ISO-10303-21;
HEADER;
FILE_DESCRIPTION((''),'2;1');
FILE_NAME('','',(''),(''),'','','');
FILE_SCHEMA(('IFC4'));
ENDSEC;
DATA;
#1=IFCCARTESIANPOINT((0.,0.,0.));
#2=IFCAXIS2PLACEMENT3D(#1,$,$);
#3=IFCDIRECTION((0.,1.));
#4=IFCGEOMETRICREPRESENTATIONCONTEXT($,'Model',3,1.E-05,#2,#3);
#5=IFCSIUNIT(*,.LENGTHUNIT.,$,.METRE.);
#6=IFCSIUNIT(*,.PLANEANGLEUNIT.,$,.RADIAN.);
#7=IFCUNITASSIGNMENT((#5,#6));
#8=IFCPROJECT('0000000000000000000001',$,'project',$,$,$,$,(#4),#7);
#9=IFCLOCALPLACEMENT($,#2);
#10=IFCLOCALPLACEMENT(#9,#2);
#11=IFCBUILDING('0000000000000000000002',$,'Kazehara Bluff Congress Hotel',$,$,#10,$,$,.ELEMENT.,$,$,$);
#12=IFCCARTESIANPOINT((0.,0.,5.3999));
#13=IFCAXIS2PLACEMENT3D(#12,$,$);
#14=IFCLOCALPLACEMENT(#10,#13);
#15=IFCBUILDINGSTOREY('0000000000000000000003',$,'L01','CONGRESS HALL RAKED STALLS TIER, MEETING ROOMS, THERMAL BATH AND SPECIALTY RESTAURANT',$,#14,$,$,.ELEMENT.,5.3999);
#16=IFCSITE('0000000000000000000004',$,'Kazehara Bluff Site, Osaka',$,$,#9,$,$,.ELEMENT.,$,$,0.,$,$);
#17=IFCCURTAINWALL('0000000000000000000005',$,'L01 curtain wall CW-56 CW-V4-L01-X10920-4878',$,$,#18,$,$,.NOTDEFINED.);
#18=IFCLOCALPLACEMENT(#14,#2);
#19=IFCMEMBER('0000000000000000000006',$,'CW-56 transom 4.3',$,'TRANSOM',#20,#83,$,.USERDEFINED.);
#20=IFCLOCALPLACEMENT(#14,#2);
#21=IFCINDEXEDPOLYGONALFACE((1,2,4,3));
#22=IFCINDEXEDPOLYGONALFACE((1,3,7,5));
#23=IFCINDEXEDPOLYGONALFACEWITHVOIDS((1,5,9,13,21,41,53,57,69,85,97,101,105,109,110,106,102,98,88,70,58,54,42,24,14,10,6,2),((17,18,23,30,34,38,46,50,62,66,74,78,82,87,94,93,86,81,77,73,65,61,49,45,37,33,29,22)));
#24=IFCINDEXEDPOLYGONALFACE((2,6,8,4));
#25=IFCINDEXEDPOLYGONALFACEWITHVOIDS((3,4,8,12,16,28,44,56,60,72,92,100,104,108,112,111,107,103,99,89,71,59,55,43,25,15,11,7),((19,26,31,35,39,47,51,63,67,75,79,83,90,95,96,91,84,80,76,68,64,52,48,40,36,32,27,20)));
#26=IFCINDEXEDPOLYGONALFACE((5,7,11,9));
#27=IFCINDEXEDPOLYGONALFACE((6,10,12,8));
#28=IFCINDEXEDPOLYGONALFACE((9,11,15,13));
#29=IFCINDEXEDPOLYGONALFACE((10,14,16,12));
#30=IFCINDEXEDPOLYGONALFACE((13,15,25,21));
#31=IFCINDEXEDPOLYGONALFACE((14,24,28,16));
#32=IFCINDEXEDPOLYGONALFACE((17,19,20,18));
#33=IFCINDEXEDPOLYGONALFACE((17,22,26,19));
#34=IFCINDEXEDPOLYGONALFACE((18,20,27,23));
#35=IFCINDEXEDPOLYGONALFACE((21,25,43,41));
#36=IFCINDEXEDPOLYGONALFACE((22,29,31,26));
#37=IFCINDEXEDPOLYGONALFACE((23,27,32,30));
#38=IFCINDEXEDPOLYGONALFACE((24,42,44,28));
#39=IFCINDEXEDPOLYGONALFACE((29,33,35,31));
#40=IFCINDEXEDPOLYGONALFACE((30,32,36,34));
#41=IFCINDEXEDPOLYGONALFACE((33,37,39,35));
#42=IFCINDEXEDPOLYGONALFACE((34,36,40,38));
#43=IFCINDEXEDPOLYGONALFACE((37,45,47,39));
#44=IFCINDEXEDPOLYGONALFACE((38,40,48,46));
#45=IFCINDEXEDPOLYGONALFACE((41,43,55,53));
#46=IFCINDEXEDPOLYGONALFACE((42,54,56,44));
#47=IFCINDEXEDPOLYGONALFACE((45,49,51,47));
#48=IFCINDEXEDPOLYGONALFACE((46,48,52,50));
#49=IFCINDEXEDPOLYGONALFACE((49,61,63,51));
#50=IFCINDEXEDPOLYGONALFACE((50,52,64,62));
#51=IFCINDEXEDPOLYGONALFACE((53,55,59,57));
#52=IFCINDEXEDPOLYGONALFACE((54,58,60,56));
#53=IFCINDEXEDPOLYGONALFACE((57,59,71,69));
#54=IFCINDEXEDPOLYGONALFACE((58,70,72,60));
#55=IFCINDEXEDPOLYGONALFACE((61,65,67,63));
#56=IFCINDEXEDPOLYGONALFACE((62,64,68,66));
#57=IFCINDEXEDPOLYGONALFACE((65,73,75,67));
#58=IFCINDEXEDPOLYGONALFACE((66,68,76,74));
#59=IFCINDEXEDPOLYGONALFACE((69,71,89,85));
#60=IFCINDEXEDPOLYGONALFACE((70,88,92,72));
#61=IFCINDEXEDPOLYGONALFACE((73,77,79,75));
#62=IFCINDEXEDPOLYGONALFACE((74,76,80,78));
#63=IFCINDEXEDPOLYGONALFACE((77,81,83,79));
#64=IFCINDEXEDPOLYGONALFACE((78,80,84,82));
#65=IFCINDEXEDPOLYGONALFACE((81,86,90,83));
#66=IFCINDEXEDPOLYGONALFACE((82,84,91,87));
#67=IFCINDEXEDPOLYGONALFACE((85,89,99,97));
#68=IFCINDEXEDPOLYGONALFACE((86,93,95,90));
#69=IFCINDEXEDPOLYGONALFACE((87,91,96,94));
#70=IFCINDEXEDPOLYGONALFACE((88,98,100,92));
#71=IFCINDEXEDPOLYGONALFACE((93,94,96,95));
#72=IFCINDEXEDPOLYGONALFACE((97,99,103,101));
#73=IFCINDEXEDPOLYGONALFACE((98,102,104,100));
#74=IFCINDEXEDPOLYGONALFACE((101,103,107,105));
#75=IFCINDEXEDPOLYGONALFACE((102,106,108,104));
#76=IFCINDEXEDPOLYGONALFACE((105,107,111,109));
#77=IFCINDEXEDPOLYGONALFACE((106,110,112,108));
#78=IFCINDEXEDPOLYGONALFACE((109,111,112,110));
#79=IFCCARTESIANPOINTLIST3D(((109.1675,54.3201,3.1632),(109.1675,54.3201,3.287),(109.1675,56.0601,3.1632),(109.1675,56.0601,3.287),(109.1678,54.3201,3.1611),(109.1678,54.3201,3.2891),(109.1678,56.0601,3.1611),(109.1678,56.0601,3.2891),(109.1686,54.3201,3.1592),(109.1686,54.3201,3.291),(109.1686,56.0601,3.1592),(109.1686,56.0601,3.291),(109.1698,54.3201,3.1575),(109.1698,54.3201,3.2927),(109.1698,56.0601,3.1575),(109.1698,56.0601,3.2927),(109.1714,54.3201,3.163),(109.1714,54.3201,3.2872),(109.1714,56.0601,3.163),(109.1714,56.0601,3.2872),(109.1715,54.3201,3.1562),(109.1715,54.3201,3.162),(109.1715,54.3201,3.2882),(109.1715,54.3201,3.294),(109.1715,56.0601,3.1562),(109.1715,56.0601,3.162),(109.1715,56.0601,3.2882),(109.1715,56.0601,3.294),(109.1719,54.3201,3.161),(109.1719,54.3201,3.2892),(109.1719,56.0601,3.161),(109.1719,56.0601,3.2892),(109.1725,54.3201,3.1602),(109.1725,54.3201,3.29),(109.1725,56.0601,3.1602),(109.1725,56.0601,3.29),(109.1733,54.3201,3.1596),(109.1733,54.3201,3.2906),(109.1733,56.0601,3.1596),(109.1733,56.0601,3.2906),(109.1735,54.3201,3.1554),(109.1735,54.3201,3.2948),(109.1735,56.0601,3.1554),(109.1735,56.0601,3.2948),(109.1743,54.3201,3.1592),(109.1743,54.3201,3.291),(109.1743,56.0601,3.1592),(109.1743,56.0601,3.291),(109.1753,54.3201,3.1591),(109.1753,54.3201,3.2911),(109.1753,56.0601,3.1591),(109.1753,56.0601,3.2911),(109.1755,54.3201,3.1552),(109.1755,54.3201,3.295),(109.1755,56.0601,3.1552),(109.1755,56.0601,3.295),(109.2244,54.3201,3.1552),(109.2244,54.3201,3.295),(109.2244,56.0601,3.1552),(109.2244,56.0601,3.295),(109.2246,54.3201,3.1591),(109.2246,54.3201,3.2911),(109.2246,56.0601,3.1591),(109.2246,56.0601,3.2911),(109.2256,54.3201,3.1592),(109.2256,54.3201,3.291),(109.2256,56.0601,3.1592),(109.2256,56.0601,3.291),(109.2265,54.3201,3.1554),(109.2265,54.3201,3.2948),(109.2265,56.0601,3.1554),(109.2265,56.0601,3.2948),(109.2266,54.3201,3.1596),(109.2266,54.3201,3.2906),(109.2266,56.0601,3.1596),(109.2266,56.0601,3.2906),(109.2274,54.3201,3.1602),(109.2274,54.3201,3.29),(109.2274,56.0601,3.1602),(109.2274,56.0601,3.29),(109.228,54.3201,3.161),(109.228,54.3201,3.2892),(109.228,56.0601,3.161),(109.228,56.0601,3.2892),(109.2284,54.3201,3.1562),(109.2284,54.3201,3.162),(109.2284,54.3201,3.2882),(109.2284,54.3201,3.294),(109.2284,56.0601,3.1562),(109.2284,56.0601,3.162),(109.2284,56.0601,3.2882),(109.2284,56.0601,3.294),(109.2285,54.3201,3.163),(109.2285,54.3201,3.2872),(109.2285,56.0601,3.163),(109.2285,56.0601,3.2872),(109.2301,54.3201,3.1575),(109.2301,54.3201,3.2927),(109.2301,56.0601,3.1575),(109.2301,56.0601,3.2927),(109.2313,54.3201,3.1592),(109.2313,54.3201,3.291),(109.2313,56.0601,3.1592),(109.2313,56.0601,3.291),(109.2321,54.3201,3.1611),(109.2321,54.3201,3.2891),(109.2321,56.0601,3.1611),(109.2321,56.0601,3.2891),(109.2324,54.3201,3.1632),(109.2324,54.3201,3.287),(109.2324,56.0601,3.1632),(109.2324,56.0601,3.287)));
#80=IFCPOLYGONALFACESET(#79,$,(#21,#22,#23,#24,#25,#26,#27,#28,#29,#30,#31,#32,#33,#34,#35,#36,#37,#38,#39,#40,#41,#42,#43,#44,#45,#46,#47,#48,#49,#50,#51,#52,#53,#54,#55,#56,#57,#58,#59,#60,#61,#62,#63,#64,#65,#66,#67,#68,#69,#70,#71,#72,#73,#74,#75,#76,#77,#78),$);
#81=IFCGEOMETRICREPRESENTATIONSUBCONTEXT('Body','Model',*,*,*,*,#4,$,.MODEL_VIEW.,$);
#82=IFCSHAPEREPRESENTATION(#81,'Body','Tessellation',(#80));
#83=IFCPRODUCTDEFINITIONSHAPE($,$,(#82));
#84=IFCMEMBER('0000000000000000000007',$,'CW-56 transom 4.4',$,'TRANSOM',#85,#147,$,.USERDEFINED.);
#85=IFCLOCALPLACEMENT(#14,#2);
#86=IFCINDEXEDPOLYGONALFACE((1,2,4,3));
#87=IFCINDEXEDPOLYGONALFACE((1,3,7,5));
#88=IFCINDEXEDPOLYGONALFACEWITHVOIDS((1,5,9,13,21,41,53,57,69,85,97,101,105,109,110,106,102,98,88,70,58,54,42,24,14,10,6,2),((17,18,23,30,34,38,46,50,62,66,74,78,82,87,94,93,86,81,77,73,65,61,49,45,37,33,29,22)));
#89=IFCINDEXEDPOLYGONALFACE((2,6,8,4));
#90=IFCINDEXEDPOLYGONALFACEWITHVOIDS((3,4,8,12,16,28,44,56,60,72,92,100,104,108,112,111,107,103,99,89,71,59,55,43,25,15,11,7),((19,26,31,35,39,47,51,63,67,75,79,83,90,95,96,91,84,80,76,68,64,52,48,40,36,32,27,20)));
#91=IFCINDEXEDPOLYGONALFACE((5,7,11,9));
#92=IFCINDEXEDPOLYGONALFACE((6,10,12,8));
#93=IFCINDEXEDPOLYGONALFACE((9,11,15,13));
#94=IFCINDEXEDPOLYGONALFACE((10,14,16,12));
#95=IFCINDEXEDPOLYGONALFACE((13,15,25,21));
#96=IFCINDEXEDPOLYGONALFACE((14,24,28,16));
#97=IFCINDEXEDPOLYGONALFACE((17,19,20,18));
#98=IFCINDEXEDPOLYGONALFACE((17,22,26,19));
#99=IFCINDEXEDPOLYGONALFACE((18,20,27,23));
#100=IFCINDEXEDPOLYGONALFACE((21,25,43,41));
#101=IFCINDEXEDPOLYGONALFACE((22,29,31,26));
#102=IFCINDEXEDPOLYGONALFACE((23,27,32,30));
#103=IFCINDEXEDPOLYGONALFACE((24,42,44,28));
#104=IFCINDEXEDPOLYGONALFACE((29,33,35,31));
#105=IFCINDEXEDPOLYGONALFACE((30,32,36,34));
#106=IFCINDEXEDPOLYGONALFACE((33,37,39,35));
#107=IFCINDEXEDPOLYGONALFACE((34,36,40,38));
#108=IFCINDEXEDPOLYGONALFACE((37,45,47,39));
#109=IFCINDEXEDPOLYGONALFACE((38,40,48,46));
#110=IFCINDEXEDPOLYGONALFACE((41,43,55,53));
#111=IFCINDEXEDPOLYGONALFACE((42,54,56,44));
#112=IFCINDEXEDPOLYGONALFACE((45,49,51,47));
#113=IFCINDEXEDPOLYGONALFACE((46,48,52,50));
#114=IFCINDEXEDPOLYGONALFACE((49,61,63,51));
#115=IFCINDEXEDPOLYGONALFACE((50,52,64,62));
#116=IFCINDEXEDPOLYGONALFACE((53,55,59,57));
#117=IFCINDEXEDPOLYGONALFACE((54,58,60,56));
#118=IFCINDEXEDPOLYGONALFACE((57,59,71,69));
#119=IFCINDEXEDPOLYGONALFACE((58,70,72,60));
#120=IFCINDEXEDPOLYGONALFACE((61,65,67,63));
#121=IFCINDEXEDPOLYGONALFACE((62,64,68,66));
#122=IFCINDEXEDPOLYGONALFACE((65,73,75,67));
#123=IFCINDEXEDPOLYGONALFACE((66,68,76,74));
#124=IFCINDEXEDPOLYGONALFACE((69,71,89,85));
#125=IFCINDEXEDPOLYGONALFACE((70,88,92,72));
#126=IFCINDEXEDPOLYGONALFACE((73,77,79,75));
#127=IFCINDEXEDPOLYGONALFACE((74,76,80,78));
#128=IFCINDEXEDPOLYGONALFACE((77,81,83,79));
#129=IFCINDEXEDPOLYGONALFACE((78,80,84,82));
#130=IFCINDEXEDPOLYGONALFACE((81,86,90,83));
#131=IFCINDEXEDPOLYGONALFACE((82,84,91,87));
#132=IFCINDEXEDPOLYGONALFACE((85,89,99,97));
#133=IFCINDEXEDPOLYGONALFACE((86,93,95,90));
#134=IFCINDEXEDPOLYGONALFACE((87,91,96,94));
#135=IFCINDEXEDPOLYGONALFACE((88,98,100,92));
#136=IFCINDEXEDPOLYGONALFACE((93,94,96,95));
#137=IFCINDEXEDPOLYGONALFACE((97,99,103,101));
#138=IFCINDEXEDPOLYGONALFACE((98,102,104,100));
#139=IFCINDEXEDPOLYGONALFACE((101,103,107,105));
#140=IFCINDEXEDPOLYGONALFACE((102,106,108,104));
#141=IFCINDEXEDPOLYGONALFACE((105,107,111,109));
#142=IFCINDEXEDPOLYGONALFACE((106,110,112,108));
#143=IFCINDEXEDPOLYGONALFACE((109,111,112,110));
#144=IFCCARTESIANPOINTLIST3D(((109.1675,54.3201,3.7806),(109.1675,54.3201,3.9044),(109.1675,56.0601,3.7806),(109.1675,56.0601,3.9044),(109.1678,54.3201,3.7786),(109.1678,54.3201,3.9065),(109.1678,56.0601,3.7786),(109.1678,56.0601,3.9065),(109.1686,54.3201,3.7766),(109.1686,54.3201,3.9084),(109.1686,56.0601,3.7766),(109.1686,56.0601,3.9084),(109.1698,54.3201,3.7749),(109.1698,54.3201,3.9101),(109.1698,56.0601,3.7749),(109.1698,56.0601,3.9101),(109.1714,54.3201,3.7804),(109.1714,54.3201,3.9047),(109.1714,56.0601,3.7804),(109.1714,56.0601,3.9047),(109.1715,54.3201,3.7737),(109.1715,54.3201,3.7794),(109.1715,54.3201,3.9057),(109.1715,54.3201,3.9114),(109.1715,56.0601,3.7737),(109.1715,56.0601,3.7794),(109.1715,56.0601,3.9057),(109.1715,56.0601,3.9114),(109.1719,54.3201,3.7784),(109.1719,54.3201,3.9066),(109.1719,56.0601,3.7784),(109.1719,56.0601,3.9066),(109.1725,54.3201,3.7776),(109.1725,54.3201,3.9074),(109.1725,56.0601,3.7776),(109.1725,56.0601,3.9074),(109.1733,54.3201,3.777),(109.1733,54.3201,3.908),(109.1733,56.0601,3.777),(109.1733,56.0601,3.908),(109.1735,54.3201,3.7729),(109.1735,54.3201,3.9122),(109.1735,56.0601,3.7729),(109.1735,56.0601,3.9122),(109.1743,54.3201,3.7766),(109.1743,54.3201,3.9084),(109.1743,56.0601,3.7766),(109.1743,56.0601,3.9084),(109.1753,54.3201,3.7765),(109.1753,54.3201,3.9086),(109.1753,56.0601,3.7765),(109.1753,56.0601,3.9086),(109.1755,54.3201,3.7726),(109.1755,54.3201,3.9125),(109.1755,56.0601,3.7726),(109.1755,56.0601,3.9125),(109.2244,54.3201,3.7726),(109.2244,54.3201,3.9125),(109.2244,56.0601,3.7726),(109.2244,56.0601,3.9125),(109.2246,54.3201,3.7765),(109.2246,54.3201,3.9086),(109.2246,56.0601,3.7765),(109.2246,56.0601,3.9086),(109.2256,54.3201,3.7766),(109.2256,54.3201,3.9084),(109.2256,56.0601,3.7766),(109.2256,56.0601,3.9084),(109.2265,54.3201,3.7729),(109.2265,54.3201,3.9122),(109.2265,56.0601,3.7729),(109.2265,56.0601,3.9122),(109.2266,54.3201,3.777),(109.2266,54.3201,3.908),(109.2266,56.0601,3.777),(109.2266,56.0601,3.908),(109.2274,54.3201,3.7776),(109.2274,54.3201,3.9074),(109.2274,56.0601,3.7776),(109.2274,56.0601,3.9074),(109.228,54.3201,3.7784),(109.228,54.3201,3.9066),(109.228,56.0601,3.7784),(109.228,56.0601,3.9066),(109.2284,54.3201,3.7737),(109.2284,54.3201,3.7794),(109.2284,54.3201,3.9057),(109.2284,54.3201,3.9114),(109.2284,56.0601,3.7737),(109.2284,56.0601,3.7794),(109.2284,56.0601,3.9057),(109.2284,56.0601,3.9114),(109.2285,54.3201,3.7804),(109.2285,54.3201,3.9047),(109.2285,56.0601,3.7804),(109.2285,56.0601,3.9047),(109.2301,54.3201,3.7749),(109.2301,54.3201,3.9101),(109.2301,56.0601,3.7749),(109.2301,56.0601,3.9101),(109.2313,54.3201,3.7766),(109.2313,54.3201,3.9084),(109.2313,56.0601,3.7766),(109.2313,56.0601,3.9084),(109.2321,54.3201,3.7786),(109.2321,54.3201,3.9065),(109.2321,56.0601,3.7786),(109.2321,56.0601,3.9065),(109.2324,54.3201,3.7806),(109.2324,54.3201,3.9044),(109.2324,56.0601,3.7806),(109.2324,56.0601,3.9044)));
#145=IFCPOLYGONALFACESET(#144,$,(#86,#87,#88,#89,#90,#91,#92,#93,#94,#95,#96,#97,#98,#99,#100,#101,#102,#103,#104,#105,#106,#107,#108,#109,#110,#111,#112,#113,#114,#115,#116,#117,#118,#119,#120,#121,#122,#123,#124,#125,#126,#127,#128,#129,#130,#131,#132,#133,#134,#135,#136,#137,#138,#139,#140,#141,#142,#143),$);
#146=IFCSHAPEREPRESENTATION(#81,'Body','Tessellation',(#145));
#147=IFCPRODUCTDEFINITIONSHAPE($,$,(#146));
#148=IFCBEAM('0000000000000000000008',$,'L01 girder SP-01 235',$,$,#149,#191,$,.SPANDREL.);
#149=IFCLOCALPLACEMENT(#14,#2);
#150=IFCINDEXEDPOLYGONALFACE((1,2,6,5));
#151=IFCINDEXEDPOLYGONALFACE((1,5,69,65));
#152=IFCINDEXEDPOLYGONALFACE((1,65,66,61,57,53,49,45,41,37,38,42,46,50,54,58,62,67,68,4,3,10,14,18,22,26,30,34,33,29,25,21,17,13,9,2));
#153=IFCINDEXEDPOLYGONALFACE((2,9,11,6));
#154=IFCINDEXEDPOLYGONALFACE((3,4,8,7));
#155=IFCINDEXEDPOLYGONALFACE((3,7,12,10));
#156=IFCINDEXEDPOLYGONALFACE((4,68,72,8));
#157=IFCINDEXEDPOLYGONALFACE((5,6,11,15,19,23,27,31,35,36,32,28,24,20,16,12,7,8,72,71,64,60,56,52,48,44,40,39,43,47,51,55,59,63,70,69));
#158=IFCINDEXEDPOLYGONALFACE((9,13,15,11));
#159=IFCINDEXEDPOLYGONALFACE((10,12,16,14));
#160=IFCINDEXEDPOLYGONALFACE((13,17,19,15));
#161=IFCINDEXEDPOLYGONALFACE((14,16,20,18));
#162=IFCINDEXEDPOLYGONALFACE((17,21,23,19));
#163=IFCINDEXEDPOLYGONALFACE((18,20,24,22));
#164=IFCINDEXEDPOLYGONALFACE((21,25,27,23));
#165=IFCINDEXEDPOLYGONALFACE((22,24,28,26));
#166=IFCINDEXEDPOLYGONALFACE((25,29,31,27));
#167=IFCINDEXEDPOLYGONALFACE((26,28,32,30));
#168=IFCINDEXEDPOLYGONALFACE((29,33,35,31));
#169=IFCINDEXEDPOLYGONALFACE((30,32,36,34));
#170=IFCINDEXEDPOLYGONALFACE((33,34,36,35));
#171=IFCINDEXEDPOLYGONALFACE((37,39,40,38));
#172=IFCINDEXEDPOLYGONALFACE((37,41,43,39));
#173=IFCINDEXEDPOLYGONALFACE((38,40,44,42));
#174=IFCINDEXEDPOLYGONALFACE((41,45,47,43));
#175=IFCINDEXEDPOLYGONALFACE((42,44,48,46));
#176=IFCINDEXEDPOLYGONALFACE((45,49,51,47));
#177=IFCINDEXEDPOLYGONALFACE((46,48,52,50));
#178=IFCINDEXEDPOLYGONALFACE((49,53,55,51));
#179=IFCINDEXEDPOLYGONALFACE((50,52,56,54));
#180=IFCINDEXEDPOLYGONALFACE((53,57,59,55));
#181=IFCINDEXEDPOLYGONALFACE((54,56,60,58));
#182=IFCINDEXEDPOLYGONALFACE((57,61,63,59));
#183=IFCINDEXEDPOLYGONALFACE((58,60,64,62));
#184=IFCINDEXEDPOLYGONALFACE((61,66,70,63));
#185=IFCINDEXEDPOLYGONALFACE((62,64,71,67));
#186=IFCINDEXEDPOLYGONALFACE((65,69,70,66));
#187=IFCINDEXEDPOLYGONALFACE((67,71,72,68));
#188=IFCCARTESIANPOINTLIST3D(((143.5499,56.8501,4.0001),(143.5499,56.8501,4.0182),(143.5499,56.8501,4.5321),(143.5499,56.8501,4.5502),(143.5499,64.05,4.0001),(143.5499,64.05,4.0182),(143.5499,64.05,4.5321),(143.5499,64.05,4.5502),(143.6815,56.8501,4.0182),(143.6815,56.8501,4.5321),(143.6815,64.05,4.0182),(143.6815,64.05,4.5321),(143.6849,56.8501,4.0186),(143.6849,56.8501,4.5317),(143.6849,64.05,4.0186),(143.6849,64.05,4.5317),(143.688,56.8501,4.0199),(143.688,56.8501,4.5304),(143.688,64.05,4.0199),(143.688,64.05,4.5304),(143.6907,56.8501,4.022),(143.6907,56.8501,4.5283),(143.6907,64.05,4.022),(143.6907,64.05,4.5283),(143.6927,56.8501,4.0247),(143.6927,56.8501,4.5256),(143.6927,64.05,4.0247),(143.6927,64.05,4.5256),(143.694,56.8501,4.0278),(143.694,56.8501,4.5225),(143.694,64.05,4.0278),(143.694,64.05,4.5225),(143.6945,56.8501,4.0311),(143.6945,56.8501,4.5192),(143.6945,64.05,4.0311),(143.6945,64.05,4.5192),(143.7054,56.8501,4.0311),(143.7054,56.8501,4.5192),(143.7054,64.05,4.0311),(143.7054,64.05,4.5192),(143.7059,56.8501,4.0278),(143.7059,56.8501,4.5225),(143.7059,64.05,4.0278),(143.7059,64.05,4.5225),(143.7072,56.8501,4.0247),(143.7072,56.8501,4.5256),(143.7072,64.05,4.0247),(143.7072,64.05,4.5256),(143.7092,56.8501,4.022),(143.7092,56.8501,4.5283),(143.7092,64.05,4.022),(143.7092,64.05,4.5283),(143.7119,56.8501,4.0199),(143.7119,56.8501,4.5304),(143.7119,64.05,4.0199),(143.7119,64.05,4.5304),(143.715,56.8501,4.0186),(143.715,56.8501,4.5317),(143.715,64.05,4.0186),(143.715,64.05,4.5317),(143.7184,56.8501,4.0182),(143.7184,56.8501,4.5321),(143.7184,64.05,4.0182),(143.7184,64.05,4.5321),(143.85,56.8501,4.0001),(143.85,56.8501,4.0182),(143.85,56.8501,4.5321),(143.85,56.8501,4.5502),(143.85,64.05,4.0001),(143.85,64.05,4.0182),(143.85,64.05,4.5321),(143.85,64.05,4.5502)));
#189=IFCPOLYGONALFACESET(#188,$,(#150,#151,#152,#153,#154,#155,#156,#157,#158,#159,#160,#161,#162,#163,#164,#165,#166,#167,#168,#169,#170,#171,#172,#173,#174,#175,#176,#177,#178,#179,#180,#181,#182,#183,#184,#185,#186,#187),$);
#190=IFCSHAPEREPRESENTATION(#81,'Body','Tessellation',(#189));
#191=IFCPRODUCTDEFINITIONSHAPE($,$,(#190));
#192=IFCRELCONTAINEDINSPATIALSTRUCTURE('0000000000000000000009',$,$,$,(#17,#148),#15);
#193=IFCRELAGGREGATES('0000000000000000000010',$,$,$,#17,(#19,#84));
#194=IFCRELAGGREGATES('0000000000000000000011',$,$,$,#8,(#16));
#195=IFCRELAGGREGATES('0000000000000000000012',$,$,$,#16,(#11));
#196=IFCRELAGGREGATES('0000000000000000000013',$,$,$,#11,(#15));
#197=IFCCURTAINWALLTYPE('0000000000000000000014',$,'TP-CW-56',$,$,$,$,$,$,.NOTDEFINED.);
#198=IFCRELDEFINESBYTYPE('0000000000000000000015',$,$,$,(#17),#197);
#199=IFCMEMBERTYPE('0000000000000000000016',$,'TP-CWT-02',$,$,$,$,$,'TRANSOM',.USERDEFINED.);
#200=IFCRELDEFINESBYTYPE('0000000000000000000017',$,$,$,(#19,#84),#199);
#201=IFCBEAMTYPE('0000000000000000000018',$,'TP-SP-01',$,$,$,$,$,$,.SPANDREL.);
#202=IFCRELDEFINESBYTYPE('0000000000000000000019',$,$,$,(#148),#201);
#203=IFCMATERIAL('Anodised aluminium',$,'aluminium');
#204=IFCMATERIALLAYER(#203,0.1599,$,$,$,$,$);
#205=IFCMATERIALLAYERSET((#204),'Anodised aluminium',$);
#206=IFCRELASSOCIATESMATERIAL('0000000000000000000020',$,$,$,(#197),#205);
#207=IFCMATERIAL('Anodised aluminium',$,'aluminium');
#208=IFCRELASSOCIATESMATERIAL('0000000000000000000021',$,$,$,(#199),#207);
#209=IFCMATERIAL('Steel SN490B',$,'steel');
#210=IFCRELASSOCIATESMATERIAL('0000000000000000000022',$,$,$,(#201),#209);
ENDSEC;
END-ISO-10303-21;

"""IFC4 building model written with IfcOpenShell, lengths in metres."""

from ifc_helpers import new_model, si_unit, direction, frame, origin, origin_2d, place, context, subcontext, project, spatial, hollow_rectangle, i_section, extrude, material, layer, layer_set, material_profile, profile_set, type_object, element, aggregate, save


model = new_model("IFC4")

# Units and contexts
model_context = context("Model", 3, precision=1e-05, world=origin(), true_north=direction((0.0, 1.0)))
body_context = subcontext(model_context, "Body", "Model", "MODEL_VIEW")
ifc_project = project(units=[si_unit("LENGTHUNIT", "METRE"), si_unit("PLANEANGLEUNIT", "RADIAN")], contexts=[model_context])

# Site, building, storey
site_placement = place(None, origin())
site = spatial("IfcSite", under=ifc_project, at=site_placement, Name="Kazehara Bluff Site, Osaka", CompositionType="ELEMENT", RefElevation=0.0)
building_placement = place(site_placement, origin())
building = spatial("IfcBuilding", under=site, at=building_placement, Name="Kazehara Bluff Congress Hotel", CompositionType="ELEMENT")
storey_placement = place(building_placement, frame((0.0, 0.0, 5.3999)))
storey = spatial("IfcBuildingStorey", under=building, at=storey_placement, Name="L01", Description="CONGRESS HALL RAKED STALLS TIER, MEETING ROOMS, THERMAL BATH AND SPECIALTY RESTAURANT", CompositionType="ELEMENT", Elevation=5.3999)

# Curtain wall, members
ifc_material_1 = material(Name="Anodised aluminium", Category="aluminium")
ifc_layer_1 = layer(ifc_material_1, 0.1599)
ifc_layer_set_1 = layer_set([ifc_layer_1], Name="Anodised aluminium")
curtain_wall_type = type_object("IfcCurtainWallType", Name="TP-CW-56", PredefinedType="NOTDEFINED", material=ifc_layer_set_1)
curtain_wall_placement = place(storey_placement, origin())
curtain_wall = element("IfcCurtainWall", 1, at=curtain_wall_placement, inside=storey, type_object=curtain_wall_type, Name="L01 curtain wall CW-56 CW-V4-L01-X10920-4878", PredefinedType="NOTDEFINED")
ifc_material_2 = material(Name="Anodised aluminium", Category="aluminium")
ifc_material_profile_1 = material_profile(ifc_material_2, hollow_rectangle(XDim=0.0649, YDim=0.1399, WallThickness=0.0039, InnerFilletRadius=0.0039, OuterFilletRadius=0.0081, at=origin_2d()))
ifc_profile_set_1 = profile_set([ifc_material_profile_1], Name="Anodised aluminium")
member_type_1 = type_object("IfcMemberType", Name="TP-CWT-02", ElementType="TRANSOM", PredefinedType="USERDEFINED", material=ifc_profile_set_1)
member_1_placement = place(storey_placement, frame((109.2, 54.3201, 3.2251), z_axis=(0.0, 1.0, 0.0), x_axis=(-1.0, 0.0, 0.0)))
member_1 = element("IfcMember", 2, at=member_1_placement, type_object=member_type_1, Name="CW-56 transom 4.3", ObjectType="TRANSOM", PredefinedType="USERDEFINED", context=body_context, shape_type="SweptSolid", body=[
    extrude(hollow_rectangle(XDim=0.0649, YDim=0.1399, WallThickness=0.0039, InnerFilletRadius=0.0039, OuterFilletRadius=0.0081, at=origin_2d()), origin(), (0.0, 0.0, 1.0), 1.74),
])
member_2_placement = place(storey_placement, frame((109.2, 54.3201, 3.8425), z_axis=(0.0, 1.0, 0.0), x_axis=(-1.0, 0.0, 0.0)))
member_2 = element("IfcMember", 3, at=member_2_placement, type_object=member_type_1, Name="CW-56 transom 4.4", ObjectType="TRANSOM", PredefinedType="USERDEFINED", context=body_context, shape_type="SweptSolid", body=[
    extrude(hollow_rectangle(XDim=0.0649, YDim=0.1399, WallThickness=0.0039, InnerFilletRadius=0.0039, OuterFilletRadius=0.0081, at=origin_2d()), origin(), (0.0, 0.0, 1.0), 1.74),
])

# Beam
ifc_material_3 = material(Name="Steel SN490B", Category="steel")
ifc_material_profile_2 = material_profile(ifc_material_3, i_section(OverallWidth=0.3, OverallDepth=0.55, WebThickness=0.011, FlangeThickness=0.0181, FilletRadius=0.0129, at=origin_2d()))
ifc_profile_set_2 = profile_set([ifc_material_profile_2], Name="Steel SN490B")
beam_type_1 = type_object("IfcBeamType", Name="TP-SP-01", PredefinedType="SPANDREL", material=ifc_profile_set_2)
beam_1_placement = place(storey_placement, frame((143.7, 56.8501, 4.2751), z_axis=(0.0, 1.0, 0.0), x_axis=(-1.0, 0.0, 0.0)))
element("IfcBeam", 4, at=beam_1_placement, inside=storey, type_object=beam_type_1, Name="L01 girder SP-01 235", PredefinedType="SPANDREL", context=body_context, shape_type="SweptSolid", body=[
    extrude(i_section(OverallWidth=0.3, OverallDepth=0.55, WebThickness=0.011, FlangeThickness=0.0181, FilletRadius=0.0129, at=origin_2d()), origin(), (0.0, 0.0, 1.0), 7.2),
])

aggregate(curtain_wall, [member_1, member_2])

save(model, "model.ifc")
